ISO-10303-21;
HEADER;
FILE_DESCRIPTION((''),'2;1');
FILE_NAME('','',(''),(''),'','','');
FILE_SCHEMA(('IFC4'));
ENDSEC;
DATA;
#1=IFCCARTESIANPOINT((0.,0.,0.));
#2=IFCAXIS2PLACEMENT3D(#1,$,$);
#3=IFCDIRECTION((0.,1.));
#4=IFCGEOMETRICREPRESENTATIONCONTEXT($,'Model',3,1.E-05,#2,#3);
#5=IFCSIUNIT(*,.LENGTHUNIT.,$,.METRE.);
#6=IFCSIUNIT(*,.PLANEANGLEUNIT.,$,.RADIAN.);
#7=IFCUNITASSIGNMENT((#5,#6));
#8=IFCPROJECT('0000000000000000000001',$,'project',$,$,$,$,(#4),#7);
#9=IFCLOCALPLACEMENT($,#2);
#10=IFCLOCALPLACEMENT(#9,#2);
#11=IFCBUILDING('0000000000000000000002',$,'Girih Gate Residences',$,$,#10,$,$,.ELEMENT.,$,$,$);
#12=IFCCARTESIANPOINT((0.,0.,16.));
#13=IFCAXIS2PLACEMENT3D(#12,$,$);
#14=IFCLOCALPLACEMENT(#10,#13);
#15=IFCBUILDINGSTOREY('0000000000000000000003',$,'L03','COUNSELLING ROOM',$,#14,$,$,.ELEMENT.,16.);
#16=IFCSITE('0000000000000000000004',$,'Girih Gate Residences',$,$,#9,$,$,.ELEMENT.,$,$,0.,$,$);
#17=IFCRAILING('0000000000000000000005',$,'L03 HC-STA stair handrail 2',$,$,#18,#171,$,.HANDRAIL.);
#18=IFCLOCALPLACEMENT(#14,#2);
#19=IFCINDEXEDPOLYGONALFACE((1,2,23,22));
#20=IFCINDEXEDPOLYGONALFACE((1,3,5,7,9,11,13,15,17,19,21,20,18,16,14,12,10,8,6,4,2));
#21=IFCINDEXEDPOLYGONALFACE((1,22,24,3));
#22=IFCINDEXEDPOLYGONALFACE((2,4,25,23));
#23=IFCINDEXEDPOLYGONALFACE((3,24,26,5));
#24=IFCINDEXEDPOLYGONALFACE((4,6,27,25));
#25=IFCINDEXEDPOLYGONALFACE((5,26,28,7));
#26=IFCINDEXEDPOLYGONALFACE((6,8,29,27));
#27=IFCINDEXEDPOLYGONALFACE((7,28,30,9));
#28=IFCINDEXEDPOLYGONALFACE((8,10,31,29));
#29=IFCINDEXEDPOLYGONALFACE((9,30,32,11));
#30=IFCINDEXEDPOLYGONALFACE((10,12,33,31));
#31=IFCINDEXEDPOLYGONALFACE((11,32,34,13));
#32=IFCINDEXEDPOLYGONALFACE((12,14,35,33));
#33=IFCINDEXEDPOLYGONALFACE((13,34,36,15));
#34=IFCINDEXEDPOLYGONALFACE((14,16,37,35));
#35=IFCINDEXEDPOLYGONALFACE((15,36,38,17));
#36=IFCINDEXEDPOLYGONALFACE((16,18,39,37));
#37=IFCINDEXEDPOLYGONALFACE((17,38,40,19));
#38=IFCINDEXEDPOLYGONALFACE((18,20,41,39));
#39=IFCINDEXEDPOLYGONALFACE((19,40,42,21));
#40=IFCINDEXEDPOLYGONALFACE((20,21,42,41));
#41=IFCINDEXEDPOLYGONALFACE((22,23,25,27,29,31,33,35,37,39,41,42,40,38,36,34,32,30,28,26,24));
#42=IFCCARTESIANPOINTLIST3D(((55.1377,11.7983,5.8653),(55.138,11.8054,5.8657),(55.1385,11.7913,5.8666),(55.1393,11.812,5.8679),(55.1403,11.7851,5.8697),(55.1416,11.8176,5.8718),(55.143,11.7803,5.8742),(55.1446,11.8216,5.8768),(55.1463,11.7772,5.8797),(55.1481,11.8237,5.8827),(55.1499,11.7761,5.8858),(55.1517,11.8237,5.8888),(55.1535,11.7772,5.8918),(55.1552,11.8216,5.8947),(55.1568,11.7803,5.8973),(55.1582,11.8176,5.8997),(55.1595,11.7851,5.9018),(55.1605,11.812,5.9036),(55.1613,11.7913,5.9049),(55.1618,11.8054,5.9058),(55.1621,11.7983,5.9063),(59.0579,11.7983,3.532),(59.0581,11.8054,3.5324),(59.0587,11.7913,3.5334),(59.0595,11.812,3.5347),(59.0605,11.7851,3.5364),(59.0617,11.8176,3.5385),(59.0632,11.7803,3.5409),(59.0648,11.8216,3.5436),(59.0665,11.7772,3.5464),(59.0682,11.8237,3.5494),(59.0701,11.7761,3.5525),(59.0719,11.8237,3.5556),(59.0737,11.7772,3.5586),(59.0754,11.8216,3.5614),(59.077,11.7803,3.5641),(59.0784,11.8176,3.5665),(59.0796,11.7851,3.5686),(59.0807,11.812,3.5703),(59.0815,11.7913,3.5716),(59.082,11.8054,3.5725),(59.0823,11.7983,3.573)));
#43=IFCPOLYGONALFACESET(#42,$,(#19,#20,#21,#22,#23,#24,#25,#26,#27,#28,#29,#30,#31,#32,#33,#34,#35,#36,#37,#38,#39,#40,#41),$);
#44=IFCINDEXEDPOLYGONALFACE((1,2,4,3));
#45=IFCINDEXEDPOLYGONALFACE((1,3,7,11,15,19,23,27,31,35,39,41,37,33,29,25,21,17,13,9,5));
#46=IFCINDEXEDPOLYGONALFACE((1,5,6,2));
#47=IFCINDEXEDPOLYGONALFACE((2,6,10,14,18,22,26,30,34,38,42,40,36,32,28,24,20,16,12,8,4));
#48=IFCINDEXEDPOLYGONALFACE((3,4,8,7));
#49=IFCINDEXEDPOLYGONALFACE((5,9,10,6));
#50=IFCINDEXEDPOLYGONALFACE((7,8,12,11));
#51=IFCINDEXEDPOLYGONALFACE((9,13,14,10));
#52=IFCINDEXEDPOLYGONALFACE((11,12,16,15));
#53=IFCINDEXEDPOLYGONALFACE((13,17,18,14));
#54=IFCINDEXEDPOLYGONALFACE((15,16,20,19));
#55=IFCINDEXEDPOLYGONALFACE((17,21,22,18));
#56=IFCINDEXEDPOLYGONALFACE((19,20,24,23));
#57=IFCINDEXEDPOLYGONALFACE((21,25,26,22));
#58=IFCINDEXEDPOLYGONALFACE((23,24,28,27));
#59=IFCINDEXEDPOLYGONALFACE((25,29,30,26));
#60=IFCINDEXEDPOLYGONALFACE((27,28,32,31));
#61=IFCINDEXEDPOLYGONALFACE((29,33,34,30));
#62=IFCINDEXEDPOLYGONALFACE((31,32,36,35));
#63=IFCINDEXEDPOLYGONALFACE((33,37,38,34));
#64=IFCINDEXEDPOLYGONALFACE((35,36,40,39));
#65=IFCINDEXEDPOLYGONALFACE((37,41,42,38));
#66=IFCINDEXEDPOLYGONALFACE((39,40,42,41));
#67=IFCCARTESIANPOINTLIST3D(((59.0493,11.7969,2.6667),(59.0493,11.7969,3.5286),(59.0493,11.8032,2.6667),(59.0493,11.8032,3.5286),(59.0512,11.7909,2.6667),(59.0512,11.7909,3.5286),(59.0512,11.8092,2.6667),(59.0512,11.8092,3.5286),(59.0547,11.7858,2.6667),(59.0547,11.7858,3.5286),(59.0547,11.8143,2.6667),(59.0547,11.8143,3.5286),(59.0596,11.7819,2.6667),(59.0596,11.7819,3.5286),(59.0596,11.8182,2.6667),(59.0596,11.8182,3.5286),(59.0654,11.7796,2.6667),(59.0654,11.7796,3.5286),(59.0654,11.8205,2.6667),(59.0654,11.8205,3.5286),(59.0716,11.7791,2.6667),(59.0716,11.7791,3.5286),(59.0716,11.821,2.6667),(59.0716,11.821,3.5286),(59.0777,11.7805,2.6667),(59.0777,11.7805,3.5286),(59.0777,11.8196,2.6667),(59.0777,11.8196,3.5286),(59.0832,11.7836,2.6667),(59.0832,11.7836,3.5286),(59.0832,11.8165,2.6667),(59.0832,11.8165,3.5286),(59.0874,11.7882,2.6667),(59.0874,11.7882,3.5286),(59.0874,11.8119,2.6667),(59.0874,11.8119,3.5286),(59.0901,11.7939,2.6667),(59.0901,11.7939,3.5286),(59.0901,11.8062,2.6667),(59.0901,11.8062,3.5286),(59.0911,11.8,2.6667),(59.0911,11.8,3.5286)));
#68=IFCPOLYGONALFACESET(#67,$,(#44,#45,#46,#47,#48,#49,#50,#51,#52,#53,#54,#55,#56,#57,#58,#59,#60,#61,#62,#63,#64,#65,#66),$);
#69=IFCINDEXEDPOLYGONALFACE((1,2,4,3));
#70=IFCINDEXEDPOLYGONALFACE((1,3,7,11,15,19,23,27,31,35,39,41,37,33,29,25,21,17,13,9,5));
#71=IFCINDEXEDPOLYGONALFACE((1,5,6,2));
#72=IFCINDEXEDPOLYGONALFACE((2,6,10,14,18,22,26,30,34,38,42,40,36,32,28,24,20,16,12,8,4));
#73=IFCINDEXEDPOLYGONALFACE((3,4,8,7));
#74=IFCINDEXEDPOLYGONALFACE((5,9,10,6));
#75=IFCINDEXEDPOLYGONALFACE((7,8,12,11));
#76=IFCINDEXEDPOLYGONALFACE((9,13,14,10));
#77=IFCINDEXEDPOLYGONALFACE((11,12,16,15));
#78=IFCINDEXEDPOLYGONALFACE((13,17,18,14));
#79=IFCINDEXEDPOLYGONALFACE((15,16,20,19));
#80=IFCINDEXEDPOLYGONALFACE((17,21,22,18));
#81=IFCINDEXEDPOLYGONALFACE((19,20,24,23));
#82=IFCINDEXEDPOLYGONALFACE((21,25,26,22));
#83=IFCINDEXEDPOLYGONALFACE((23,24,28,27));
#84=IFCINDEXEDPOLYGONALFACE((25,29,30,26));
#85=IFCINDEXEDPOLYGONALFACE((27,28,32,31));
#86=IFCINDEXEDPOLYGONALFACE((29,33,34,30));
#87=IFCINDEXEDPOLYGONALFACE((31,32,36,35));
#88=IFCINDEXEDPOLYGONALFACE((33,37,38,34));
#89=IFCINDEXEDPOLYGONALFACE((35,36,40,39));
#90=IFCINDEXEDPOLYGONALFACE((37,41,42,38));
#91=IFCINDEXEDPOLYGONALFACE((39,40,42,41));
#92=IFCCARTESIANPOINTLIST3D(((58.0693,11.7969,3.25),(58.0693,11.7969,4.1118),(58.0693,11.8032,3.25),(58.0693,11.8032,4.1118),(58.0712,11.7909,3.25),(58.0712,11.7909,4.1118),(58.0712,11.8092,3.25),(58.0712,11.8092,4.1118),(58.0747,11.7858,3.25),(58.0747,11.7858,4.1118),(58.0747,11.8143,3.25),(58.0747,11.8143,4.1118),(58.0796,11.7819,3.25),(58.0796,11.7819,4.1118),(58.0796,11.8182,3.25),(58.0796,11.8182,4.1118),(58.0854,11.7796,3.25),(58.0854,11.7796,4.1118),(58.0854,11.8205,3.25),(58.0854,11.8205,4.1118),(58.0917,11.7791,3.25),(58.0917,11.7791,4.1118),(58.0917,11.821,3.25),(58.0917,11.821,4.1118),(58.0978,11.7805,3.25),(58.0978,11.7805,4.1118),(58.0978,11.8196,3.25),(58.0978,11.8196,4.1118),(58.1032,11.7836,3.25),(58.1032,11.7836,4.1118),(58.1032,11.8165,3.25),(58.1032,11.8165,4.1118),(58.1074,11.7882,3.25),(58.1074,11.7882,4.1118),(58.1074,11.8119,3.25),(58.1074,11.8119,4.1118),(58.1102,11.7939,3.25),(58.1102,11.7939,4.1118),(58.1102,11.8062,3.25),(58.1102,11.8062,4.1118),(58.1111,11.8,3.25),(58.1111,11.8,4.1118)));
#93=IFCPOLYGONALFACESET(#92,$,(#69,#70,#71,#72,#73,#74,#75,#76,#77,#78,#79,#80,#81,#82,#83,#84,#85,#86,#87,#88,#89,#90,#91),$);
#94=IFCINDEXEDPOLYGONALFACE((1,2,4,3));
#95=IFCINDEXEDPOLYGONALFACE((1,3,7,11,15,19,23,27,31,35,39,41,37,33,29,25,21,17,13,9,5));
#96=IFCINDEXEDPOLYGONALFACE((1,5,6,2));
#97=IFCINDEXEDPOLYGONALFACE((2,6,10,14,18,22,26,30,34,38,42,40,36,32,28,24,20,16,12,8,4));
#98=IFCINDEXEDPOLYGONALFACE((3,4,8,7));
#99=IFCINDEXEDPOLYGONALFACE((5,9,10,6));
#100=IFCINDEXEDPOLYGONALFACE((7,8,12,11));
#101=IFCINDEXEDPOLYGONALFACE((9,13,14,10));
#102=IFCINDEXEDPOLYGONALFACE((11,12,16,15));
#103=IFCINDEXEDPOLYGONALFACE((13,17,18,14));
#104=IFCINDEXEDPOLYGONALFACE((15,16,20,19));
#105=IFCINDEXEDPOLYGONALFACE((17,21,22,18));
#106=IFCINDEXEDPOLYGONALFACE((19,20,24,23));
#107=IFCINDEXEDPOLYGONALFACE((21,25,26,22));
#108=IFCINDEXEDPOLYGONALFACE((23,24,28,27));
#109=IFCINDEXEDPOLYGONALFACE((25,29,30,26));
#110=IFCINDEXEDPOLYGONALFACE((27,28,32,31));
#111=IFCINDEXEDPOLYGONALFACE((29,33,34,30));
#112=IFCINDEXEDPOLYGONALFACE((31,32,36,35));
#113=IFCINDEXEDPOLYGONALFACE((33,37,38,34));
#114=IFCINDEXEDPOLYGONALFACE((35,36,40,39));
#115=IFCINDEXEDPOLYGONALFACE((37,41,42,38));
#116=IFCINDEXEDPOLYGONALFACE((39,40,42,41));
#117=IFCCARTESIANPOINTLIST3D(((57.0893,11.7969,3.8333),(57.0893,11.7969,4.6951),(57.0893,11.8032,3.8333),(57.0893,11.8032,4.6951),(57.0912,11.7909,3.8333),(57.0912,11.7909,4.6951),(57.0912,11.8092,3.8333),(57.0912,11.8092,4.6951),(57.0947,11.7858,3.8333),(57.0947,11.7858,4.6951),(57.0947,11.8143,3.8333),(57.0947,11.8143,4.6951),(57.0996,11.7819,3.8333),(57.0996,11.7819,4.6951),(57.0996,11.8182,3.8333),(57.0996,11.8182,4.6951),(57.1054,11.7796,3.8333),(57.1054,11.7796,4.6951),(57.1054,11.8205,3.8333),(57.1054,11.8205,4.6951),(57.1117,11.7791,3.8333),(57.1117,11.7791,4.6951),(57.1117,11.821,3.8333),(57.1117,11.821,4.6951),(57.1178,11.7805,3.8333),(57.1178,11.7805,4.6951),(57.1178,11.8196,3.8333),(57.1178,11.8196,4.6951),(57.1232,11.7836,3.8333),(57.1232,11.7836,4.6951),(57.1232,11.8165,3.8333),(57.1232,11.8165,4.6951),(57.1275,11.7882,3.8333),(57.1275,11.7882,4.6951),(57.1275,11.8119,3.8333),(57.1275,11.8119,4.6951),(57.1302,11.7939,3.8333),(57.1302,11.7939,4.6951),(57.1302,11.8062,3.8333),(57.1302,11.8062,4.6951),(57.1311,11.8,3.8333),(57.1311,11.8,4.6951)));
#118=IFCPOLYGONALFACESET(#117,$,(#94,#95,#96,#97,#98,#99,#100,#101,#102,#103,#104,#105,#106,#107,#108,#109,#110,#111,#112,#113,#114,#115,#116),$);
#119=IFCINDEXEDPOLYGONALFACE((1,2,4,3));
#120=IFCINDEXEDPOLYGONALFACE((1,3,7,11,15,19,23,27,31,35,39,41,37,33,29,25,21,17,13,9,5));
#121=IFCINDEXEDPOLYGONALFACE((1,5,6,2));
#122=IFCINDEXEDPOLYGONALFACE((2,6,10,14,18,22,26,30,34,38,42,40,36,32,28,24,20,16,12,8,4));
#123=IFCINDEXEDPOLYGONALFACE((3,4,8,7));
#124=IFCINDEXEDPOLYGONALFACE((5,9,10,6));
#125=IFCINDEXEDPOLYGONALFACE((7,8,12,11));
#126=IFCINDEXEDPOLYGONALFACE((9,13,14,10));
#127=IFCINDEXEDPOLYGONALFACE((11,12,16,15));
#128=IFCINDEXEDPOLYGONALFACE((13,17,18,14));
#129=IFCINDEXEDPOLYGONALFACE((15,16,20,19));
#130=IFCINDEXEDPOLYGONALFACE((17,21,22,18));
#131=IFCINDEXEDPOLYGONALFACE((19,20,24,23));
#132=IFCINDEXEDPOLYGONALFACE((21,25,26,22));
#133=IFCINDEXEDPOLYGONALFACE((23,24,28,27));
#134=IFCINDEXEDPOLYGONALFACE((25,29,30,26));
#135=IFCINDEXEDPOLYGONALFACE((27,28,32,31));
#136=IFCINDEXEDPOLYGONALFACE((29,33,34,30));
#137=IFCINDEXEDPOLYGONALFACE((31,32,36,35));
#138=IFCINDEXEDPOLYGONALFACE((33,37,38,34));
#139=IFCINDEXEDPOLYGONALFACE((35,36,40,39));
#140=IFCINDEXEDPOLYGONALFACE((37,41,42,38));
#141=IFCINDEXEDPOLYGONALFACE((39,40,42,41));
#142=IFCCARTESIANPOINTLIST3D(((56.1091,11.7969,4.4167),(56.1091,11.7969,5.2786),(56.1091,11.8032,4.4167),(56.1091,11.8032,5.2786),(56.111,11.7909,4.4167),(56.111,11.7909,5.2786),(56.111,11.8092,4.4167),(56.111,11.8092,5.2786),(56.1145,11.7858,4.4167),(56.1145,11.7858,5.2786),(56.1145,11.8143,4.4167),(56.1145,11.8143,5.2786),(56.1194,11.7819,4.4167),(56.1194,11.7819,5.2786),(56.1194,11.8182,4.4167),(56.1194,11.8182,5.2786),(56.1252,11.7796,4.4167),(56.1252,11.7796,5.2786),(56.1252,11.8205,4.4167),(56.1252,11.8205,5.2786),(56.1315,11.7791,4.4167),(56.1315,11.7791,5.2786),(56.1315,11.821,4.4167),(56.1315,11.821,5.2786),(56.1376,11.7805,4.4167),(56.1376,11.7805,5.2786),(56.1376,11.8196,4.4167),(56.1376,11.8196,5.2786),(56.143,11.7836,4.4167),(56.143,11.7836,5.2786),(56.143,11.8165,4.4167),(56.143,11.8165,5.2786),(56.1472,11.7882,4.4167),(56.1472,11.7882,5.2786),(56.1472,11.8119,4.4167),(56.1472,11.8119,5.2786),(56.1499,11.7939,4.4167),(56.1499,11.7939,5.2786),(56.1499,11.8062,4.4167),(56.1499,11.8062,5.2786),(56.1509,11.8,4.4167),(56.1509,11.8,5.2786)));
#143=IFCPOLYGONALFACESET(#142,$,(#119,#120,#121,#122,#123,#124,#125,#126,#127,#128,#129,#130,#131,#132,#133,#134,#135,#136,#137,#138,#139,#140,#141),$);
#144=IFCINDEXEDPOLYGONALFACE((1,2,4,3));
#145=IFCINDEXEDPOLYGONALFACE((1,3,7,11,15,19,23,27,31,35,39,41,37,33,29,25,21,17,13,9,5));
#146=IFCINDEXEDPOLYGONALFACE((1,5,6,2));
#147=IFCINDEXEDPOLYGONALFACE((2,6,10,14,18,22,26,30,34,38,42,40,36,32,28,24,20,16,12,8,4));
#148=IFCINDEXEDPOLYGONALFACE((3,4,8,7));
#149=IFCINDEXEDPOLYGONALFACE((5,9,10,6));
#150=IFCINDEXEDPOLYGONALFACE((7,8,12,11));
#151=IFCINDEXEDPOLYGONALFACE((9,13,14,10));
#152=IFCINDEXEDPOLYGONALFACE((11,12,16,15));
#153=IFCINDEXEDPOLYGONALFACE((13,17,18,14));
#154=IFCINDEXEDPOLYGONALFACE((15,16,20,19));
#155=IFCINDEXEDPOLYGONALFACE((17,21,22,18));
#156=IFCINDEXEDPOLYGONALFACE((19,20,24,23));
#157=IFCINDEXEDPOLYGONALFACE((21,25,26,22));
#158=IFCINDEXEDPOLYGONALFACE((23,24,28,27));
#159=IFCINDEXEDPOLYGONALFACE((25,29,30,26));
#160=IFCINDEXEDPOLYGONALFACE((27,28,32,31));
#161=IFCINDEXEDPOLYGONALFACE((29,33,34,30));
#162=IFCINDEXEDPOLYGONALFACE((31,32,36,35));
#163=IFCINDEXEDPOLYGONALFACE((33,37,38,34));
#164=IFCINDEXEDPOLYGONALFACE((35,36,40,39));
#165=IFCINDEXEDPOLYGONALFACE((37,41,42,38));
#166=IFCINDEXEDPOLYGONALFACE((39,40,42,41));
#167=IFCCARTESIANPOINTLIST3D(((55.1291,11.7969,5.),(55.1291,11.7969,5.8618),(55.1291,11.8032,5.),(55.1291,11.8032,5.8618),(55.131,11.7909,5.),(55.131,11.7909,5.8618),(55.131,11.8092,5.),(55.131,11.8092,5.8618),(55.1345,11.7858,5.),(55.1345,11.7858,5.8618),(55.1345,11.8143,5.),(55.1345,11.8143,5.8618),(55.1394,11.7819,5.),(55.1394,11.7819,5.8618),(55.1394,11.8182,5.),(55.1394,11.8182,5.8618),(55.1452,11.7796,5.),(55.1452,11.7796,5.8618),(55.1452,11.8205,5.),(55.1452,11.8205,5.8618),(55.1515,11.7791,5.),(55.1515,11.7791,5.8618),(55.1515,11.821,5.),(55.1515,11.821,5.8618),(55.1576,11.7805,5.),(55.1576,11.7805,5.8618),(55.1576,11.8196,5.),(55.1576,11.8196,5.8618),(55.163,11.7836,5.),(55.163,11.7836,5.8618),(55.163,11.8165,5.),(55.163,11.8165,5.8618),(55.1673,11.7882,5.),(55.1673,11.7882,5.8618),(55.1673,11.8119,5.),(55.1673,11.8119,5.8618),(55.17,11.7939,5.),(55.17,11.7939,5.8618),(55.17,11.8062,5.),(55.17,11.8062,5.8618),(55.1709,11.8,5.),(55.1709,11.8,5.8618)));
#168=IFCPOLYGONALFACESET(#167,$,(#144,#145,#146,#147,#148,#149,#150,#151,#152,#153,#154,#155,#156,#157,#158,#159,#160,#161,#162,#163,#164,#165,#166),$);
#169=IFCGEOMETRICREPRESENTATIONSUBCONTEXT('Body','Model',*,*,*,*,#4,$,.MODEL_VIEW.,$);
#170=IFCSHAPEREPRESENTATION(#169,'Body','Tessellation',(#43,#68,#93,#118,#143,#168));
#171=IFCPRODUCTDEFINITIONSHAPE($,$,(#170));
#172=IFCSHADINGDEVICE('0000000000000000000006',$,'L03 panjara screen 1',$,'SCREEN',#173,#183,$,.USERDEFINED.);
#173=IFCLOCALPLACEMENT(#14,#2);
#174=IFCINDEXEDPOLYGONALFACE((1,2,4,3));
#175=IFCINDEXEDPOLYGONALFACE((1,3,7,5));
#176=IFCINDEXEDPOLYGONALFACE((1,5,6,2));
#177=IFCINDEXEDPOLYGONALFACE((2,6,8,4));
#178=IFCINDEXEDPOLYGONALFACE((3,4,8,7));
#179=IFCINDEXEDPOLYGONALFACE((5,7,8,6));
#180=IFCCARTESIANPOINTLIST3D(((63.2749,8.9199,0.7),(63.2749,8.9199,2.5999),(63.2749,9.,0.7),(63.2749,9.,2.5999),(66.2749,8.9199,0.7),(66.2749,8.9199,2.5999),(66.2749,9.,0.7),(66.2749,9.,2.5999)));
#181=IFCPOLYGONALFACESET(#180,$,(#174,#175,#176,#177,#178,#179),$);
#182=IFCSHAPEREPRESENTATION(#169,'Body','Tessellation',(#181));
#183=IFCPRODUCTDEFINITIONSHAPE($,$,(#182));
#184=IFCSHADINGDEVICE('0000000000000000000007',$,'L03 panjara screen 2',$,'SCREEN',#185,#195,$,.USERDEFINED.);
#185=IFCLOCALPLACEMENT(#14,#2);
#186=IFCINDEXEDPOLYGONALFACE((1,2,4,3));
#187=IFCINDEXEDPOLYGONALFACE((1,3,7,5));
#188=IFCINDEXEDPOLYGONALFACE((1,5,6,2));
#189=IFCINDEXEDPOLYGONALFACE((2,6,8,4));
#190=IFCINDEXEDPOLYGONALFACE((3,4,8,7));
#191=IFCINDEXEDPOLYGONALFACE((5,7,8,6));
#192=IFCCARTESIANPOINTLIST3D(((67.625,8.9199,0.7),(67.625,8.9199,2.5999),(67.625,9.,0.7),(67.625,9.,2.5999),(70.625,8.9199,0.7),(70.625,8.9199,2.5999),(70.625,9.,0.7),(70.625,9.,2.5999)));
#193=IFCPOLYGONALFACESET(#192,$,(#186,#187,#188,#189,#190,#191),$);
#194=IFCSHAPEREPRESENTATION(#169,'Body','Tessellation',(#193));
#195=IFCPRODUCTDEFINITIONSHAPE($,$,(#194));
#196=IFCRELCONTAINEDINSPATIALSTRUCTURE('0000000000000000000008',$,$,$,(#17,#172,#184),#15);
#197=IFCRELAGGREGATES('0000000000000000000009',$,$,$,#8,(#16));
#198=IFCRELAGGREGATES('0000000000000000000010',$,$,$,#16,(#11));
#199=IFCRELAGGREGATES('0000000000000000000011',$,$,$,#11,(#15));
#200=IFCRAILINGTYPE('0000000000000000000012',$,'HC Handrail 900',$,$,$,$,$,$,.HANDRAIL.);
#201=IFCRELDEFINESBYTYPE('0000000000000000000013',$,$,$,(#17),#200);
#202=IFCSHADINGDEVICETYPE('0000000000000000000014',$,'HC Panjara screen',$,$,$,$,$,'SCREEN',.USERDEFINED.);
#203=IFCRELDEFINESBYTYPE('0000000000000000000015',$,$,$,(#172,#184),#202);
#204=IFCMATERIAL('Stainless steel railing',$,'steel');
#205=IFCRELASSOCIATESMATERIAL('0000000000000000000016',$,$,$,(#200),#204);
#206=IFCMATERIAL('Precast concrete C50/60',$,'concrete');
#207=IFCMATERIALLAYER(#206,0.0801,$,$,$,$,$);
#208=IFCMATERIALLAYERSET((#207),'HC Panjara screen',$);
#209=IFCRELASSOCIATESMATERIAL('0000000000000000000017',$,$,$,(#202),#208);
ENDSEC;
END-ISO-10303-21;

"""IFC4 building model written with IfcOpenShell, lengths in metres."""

from ifc_helpers import new_model, si_unit, direction, frame, origin, origin_2d, place, context, subcontext, project, spatial, rectangle, circle, extrude, material, layer, layer_set, type_object, element, save


model = new_model("IFC4")

# Units and contexts
model_context = context("Model", 3, precision=1e-05, world=origin(), true_north=direction((0.0, 1.0)))
body_context = subcontext(model_context, "Body", "Model", "MODEL_VIEW")
ifc_project = project(units=[si_unit("LENGTHUNIT", "METRE"), si_unit("PLANEANGLEUNIT", "RADIAN")], contexts=[model_context])

# Site, building, storey
site_placement = place(None, origin())
site = spatial("IfcSite", under=ifc_project, at=site_placement, Name="Girih Gate Residences", CompositionType="ELEMENT", RefElevation=0.0)
building_placement = place(site_placement, origin())
building = spatial("IfcBuilding", under=site, at=building_placement, Name="Girih Gate Residences", CompositionType="ELEMENT")
storey_placement = place(building_placement, frame((0.0, 0.0, 16.0)))
storey = spatial("IfcBuildingStorey", under=building, at=storey_placement, Name="L03", Description="COUNSELLING ROOM", CompositionType="ELEMENT", Elevation=16.0)

# Railing
ifc_material_1 = material(Name="Stainless steel railing", Category="steel")
railing_type_1 = type_object("IfcRailingType", Name="HC Handrail 900", PredefinedType="HANDRAIL", material=ifc_material_1)
railing_1_placement = place(storey_placement, frame((59.0701, 11.8, 2.6667)))
element("IfcRailing", 1, at=railing_1_placement, inside=storey, type_object=railing_type_1, Name="L03 HC-STA stair handrail 2", PredefinedType="HANDRAIL", context=body_context, shape_type="SweptSolid", body=[
    extrude(circle(Radius=0.0239, at=origin_2d()), frame((0.0, 0.0, 0.8857), z_axis=(-0.85931, 0.0, 0.511455), x_axis=(0.0, -1.0, 0.0)), (0.0, 0.0, 1.0), 4.562),
    extrude(circle(Radius=0.021, at=origin_2d()), origin(), (0.0, 0.0, 1.0), 0.8618),
    extrude(circle(Radius=0.021, at=origin_2d()), frame((-0.98, 0.0, 0.5833)), (0.0, 0.0, 1.0), 0.8618),
    extrude(circle(Radius=0.021, at=origin_2d()), frame((-1.96, 0.0, 1.1665)), (0.0, 0.0, 1.0), 0.8618),
    extrude(circle(Radius=0.021, at=origin_2d()), frame((-2.9402, 0.0, 1.75)), (0.0, 0.0, 1.0), 0.8618),
    extrude(circle(Radius=0.021, at=origin_2d()), frame((-3.9202, 0.0, 2.3333)), (0.0, 0.0, 1.0), 0.8618),
])

# Shading devices
ifc_material_2 = material(Name="Precast concrete C50/60", Category="concrete")
ifc_layer_1 = layer(ifc_material_2, 0.0801)
ifc_layer_set_1 = layer_set([ifc_layer_1], Name="HC Panjara screen")
shading_device_type = type_object("IfcShadingDeviceType", Name="HC Panjara screen", ElementType="SCREEN", PredefinedType="USERDEFINED", material=ifc_layer_set_1)
for number, where, z_axis, x_axis, name in (
    (2, (64.7749, 8.96, 0.7), (0.0, 0.0, 1.0), (1.0, 0.0, 0.0), "L03 panjara screen 1"),
    (3, (69.125, 8.96, 0.7), (0.0, 0.0, 1.0), (1.0, 0.0, 0.0), "L03 panjara screen 2"),
):
    element("IfcShadingDevice", number, at=place(storey_placement, frame(where, z_axis=z_axis, x_axis=x_axis)), inside=storey, type_object=shading_device_type, Name=name, ObjectType="SCREEN", PredefinedType="USERDEFINED", context=body_context, shape_type="SweptSolid", body=[
        extrude(rectangle(XDim=3.0, YDim=0.0801, at=origin_2d()), origin(), (0.0, 0.0, 1.0), 1.8999),
    ])

save(model, "model.ifc")
